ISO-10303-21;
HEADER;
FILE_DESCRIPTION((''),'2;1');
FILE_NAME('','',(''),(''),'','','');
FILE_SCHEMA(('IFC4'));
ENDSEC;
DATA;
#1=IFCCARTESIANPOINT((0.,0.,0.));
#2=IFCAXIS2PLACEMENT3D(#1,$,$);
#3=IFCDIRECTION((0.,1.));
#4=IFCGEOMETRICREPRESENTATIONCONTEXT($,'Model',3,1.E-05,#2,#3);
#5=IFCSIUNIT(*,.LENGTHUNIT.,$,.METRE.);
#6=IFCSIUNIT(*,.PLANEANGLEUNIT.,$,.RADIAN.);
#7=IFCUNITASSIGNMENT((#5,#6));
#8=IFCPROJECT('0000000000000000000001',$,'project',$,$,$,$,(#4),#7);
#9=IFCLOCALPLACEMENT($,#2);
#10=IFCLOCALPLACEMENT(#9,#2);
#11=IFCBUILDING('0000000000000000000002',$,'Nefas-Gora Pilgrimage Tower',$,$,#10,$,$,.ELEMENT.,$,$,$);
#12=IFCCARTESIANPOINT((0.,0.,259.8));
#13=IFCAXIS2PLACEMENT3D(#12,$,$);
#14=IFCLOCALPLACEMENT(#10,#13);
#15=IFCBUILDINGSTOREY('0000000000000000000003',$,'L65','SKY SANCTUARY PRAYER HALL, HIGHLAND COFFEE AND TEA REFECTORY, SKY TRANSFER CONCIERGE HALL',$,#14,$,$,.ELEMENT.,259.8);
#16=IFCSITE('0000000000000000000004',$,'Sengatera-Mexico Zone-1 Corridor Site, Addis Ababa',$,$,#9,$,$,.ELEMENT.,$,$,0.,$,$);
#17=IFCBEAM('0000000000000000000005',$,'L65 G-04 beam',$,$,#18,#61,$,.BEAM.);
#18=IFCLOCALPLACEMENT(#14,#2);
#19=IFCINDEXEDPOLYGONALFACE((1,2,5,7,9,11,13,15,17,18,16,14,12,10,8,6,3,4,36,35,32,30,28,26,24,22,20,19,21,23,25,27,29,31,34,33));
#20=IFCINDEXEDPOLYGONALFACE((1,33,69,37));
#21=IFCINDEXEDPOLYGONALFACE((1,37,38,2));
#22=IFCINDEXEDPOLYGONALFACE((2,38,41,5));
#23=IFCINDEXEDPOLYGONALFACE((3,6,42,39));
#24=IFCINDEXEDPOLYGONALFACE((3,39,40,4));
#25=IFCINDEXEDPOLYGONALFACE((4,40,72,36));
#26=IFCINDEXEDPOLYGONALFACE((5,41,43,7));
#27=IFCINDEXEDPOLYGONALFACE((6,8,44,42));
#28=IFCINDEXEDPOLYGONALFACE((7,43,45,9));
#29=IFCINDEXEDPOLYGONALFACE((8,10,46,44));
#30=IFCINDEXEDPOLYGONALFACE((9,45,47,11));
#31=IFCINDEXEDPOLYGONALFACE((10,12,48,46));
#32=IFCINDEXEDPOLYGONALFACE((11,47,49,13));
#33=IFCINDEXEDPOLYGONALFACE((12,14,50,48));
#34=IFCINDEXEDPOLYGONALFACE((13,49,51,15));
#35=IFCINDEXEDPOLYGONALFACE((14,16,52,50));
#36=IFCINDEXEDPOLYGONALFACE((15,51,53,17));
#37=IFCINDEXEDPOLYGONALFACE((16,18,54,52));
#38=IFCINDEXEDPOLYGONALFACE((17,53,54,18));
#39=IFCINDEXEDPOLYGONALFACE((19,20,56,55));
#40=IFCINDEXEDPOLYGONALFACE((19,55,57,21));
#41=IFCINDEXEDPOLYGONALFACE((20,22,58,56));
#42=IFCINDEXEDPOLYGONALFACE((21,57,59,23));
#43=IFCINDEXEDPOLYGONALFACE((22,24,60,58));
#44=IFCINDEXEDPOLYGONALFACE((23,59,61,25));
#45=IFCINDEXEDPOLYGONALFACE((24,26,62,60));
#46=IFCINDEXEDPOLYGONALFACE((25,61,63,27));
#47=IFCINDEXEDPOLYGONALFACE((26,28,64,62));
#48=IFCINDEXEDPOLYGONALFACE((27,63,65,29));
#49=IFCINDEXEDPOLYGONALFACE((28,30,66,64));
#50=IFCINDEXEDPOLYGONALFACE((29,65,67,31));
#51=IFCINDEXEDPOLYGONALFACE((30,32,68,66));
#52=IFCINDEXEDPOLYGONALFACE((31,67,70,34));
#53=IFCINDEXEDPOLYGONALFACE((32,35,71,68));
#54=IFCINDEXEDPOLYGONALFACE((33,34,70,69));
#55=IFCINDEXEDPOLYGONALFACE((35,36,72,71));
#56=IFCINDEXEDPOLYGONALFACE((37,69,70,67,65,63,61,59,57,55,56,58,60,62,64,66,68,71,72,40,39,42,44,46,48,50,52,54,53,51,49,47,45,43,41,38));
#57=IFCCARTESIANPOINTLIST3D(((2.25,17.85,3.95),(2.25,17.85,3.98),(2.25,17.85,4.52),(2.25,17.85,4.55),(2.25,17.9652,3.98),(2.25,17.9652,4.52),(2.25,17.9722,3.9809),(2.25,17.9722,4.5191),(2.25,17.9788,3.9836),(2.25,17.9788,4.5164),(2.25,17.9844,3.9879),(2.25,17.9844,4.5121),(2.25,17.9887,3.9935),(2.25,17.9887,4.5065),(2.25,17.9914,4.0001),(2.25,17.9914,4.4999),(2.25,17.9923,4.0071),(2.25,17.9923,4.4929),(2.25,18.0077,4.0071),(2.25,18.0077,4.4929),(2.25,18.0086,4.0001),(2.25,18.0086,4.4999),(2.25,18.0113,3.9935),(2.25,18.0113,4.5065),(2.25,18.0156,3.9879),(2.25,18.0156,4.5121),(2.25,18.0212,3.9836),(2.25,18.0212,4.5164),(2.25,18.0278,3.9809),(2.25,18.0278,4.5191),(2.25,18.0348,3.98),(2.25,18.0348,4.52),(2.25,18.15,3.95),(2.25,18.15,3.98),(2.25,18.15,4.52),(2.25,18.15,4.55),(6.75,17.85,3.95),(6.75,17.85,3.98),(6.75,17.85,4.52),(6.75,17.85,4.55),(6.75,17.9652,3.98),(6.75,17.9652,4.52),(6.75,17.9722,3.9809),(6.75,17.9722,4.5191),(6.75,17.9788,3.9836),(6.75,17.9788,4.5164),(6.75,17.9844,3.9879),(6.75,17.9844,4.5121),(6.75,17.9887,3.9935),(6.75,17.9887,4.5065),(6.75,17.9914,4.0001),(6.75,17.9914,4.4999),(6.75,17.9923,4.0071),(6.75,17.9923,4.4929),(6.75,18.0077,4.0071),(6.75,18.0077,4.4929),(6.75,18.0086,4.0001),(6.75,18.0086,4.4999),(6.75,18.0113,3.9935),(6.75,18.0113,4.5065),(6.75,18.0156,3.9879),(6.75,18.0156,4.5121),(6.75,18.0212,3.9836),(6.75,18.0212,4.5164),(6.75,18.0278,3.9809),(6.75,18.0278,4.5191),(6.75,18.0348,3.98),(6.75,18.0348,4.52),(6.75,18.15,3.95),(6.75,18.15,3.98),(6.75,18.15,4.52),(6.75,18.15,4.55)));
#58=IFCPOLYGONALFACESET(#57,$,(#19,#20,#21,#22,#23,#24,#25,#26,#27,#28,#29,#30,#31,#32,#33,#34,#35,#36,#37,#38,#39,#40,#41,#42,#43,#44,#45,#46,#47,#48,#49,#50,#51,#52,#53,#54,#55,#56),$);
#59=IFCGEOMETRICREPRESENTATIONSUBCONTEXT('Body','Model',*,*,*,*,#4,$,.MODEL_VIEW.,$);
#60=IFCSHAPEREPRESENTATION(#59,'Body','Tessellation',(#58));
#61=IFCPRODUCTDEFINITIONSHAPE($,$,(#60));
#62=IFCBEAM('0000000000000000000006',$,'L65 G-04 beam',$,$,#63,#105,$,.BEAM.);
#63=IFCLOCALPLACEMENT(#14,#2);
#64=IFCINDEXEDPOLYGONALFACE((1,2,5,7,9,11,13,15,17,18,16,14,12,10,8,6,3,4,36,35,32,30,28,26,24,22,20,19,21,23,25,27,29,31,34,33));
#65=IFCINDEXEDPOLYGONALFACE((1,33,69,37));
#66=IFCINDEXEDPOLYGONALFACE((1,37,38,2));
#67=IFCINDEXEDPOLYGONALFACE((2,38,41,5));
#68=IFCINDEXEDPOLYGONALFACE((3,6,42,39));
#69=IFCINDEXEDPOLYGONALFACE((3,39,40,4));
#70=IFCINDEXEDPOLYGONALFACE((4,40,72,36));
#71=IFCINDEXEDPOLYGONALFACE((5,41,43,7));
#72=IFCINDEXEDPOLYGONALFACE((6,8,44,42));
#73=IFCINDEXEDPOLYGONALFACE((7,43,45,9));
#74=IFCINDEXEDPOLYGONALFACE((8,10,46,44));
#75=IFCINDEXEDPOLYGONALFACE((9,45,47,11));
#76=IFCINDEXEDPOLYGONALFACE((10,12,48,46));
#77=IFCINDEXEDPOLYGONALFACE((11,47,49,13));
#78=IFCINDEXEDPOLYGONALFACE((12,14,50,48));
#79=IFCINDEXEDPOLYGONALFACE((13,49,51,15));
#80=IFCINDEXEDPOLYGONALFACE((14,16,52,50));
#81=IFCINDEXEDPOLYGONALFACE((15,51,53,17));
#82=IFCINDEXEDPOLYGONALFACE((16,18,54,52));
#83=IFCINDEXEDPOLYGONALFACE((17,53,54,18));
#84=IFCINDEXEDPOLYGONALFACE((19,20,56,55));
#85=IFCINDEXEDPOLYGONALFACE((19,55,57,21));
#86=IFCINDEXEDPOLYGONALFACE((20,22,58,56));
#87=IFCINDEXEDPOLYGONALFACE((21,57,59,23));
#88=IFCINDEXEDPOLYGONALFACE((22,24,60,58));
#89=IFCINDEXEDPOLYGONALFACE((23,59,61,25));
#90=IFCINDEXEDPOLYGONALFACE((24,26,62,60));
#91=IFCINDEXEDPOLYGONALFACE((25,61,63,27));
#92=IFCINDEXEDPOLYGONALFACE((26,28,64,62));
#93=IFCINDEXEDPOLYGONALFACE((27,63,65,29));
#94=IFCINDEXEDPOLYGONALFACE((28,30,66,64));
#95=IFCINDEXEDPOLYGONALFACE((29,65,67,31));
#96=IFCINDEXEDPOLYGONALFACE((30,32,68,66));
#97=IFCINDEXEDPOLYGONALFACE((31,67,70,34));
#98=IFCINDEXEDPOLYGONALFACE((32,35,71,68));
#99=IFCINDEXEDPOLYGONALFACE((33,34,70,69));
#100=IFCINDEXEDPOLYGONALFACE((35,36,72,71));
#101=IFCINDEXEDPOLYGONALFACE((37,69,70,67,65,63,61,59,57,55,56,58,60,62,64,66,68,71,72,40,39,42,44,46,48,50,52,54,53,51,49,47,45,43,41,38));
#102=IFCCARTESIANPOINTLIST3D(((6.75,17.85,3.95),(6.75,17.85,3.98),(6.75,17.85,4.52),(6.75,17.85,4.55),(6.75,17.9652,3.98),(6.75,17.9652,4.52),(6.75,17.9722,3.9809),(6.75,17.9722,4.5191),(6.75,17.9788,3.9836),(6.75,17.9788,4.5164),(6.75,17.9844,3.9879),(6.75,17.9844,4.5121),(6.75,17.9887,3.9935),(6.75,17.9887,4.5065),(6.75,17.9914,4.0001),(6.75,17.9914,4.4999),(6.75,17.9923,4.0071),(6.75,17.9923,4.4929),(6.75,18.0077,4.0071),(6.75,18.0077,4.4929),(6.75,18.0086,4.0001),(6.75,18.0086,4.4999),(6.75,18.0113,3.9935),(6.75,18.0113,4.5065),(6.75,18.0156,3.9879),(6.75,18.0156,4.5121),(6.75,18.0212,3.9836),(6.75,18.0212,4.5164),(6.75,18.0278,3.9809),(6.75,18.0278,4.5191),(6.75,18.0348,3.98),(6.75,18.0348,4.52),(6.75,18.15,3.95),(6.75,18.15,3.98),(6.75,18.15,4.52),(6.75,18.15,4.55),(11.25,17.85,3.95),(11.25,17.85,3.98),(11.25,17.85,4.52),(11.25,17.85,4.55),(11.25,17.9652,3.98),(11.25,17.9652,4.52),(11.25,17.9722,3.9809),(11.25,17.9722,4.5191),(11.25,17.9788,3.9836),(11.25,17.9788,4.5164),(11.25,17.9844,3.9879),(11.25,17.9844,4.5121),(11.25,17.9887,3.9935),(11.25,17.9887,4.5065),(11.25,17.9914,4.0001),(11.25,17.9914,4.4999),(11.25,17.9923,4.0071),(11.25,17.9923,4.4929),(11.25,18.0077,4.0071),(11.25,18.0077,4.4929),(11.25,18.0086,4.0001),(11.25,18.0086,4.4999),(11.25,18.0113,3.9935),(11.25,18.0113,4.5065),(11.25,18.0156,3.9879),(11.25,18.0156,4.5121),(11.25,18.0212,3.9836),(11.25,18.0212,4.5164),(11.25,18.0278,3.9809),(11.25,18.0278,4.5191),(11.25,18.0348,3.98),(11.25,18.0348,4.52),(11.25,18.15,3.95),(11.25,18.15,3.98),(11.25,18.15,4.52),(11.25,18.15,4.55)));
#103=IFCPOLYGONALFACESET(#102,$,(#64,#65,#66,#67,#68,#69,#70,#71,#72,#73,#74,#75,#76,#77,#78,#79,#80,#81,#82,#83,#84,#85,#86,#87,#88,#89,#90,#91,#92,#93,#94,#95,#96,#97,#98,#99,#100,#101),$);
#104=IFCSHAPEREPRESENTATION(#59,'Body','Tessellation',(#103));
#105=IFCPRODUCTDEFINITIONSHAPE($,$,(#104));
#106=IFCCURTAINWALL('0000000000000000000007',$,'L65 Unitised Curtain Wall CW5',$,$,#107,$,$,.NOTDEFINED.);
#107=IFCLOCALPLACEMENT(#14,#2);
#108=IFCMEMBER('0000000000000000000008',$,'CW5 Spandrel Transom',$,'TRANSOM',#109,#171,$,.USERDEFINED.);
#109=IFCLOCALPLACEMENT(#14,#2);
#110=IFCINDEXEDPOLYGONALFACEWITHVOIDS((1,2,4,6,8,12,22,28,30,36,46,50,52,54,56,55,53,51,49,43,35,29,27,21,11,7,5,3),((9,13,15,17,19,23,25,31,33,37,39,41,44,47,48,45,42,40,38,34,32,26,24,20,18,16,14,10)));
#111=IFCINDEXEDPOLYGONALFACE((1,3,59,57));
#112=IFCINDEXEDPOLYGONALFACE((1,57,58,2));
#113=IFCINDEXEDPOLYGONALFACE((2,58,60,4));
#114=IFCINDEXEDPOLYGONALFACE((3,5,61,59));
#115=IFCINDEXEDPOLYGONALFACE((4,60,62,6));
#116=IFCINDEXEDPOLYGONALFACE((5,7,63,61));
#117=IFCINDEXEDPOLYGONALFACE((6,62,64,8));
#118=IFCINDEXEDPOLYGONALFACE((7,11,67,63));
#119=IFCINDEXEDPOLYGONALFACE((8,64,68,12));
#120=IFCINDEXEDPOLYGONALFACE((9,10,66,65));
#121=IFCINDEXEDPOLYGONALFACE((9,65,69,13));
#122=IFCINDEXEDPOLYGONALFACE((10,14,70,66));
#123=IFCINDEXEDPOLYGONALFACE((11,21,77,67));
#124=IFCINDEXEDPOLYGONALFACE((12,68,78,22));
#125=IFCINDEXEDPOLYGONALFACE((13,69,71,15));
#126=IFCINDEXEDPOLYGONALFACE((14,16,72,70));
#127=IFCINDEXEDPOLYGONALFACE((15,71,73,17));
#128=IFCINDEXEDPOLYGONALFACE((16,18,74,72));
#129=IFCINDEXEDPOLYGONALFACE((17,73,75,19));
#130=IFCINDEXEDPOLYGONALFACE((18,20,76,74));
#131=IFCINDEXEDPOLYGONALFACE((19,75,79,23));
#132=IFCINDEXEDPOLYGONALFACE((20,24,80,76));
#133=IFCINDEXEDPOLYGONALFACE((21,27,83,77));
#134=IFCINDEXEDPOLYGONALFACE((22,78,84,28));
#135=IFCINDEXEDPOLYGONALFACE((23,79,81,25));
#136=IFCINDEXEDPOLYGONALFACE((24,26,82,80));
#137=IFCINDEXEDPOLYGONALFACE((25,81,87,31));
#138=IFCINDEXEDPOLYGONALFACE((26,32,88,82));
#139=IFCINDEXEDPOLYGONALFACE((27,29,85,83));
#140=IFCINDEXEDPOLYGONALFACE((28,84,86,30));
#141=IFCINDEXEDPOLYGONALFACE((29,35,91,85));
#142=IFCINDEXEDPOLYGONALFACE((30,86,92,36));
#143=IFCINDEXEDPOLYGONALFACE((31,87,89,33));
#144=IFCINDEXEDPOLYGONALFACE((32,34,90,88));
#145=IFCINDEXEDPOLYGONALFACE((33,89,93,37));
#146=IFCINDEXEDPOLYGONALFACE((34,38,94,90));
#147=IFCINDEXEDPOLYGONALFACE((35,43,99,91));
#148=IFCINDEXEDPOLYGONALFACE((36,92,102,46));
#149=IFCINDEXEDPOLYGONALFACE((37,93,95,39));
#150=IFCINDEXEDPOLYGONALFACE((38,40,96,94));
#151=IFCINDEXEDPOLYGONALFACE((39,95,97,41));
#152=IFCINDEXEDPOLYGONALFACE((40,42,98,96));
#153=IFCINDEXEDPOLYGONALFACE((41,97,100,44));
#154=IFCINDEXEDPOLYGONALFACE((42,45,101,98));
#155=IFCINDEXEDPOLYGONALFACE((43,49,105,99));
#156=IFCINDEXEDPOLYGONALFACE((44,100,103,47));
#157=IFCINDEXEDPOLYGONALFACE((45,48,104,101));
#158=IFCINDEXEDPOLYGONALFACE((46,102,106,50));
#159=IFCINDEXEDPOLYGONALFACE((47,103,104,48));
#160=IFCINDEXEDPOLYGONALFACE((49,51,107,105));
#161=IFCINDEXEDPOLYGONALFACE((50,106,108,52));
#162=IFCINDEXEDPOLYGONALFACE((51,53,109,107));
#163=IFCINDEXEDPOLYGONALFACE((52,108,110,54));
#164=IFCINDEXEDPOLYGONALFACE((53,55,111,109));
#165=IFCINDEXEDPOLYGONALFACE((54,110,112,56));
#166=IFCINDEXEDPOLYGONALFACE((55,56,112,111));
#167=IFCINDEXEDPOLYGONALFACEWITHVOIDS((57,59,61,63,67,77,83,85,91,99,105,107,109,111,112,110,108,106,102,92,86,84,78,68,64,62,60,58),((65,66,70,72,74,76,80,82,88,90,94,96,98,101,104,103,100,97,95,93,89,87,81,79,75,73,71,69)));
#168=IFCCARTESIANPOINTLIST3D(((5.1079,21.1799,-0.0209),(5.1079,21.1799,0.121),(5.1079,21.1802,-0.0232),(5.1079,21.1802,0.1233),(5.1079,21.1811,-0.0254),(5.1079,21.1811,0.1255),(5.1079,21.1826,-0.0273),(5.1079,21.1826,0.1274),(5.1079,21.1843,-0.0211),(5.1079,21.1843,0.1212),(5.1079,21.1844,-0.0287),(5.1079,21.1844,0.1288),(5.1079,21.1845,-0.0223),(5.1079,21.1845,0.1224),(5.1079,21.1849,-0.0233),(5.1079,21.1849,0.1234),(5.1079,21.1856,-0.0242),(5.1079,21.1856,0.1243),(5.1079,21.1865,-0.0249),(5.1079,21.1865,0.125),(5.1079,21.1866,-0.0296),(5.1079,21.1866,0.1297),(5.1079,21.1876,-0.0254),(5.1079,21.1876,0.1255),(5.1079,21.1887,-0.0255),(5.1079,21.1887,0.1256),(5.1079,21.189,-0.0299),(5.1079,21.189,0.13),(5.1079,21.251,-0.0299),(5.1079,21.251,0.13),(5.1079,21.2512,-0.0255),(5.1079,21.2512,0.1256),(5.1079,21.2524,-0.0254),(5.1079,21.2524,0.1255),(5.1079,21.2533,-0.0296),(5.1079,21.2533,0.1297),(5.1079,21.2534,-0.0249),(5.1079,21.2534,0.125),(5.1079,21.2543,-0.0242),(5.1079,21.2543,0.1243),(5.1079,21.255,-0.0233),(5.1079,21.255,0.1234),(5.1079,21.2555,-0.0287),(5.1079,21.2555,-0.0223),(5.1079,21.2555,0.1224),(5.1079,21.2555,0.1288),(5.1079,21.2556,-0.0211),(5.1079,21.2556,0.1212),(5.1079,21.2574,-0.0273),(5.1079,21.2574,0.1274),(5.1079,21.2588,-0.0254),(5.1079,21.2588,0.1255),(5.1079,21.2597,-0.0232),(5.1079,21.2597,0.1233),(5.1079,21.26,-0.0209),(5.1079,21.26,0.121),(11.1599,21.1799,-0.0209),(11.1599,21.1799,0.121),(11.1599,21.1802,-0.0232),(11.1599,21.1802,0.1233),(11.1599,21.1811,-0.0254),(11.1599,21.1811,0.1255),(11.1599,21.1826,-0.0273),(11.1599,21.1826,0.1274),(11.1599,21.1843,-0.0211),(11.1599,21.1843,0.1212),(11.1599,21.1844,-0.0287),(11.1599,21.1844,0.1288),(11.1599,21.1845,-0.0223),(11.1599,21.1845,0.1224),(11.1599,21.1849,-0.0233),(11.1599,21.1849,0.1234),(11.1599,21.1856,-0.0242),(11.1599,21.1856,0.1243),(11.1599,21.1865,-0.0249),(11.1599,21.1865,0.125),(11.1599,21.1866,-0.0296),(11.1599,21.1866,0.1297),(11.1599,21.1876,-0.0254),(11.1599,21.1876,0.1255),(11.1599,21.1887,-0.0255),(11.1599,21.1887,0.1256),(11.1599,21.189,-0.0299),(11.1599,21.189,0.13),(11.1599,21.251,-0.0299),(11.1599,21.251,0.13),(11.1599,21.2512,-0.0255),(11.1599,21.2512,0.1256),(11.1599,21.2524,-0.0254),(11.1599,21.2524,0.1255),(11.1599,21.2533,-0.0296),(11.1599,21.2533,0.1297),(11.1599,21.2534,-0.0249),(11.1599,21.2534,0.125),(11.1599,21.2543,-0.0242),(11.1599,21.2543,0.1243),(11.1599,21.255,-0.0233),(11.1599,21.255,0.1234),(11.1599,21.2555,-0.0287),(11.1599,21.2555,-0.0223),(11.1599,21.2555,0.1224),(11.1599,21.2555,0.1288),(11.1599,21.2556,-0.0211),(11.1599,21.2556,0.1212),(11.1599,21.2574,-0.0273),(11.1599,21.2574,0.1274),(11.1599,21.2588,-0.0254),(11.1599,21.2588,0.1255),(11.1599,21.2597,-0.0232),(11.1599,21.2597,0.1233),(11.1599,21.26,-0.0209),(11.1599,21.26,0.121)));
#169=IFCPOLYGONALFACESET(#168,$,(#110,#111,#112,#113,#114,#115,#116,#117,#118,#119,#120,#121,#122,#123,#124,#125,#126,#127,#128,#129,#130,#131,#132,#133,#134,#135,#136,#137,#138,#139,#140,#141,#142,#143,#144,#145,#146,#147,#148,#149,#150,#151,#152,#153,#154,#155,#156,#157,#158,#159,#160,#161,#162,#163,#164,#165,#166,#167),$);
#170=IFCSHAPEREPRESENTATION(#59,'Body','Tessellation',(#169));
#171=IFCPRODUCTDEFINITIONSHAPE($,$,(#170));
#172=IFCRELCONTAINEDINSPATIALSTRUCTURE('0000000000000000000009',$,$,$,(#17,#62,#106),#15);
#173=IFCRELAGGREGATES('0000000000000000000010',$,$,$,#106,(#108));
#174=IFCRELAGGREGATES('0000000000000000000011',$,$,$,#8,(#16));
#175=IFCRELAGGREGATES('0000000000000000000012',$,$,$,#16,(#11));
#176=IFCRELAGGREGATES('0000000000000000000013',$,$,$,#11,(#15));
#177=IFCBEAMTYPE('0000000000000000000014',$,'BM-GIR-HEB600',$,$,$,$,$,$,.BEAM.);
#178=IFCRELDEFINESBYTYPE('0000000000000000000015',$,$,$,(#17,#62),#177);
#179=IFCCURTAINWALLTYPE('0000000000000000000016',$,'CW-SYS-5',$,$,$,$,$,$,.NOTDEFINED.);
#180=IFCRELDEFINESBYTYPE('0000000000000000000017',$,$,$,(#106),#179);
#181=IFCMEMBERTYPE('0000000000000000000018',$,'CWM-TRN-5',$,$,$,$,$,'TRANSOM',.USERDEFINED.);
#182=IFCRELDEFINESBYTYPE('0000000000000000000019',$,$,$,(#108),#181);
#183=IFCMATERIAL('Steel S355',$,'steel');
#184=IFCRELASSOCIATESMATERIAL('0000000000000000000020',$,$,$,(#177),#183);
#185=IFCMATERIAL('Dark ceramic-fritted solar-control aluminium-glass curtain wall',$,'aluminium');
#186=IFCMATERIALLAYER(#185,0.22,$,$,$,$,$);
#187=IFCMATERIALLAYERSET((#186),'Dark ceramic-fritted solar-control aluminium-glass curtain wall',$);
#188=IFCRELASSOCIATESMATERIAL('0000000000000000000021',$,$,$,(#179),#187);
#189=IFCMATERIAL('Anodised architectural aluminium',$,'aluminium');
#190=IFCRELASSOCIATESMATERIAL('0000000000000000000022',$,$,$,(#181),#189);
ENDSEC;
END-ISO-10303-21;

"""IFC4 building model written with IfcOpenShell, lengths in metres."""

from ifc_helpers import new_model, si_unit, direction, frame, origin, origin_2d, place, context, subcontext, project, spatial, hollow_rectangle, i_section, extrude, source, transform, mapped, material, layer, layer_set, material_profile, profile_set, type_object, element, aggregate, save


model = new_model("IFC4")

# Units and contexts
model_context = context("Model", 3, precision=1e-05, world=origin(), true_north=direction((0.0, 1.0)))
body_context = subcontext(model_context, "Body", "Model", "MODEL_VIEW")
ifc_project = project(units=[si_unit("LENGTHUNIT", "METRE"), si_unit("PLANEANGLEUNIT", "RADIAN")], contexts=[model_context])

# Site, building, storey
site_placement = place(None, origin())
site = spatial("IfcSite", under=ifc_project, at=site_placement, Name="Sengatera-Mexico Zone-1 Corridor Site, Addis Ababa", CompositionType="ELEMENT", RefElevation=0.0)
building_placement = place(site_placement, origin())
building = spatial("IfcBuilding", under=site, at=building_placement, Name="Nefas-Gora Pilgrimage Tower", CompositionType="ELEMENT")
storey_placement = place(building_placement, frame((0.0, 0.0, 259.8)))
storey = spatial("IfcBuildingStorey", under=building, at=storey_placement, Name="L65", Description="SKY SANCTUARY PRAYER HALL, HIGHLAND COFFEE AND TEA REFECTORY, SKY TRANSFER CONCIERGE HALL", CompositionType="ELEMENT", Elevation=259.8)

# Beams
ifc_material_1 = material(Name="Steel S355", Category="steel")
ifc_material_profile_1 = material_profile(ifc_material_1, i_section(OverallWidth=0.3, OverallDepth=0.6001, WebThickness=0.0154, FlangeThickness=0.03, FilletRadius=0.0271, at=origin_2d()), Name="HEB 600")
ifc_profile_set_1 = profile_set([ifc_material_profile_1], Name="Steel S355")
beam_type = type_object("IfcBeamType", Name="BM-GIR-HEB600", PredefinedType="BEAM", material=ifc_profile_set_1)
shared_shape_1 = source(origin(), body_context, "Body", "SweptSolid", [
    extrude(i_section(OverallWidth=0.3, OverallDepth=0.6001, WebThickness=0.0154, FlangeThickness=0.03, FilletRadius=0.0271, at=origin_2d()), origin(), (0.0, 0.0, 1.0), 4.5),
])
for number, where, z_axis, x_axis, name in (
    (1, (2.25, 18.0, 4.25), (1.0, 0.0, 0.0), (0.0, 1.0, 0.0), "L65 G-04 beam"),
    (2, (6.75, 18.0, 4.25), (1.0, 0.0, 0.0), (0.0, 1.0, 0.0), "L65 G-04 beam"),
):
    element("IfcBeam", number, at=place(storey_placement, frame(where, z_axis=z_axis, x_axis=x_axis)), inside=storey, type_object=beam_type, Name=name, PredefinedType="BEAM", context=body_context, shape_type="MappedRepresentation", body=[
        mapped(shared_shape_1, transform((0.0, 0.0, 0.0), x_axis=(1.0, 0.0, 0.0), y_axis=(0.0, 1.0, 0.0), z_axis=(0.0, 0.0, 1.0), scale=1.0)),
    ])

# Curtain wall, member
ifc_material_2 = material(Name="Dark ceramic-fritted solar-control aluminium-glass curtain wall", Category="aluminium")
ifc_layer_1 = layer(ifc_material_2, 0.22)
ifc_layer_set_1 = layer_set([ifc_layer_1], Name="Dark ceramic-fritted solar-control aluminium-glass curtain wall")
curtain_wall_type_1 = type_object("IfcCurtainWallType", Name="CW-SYS-5", PredefinedType="NOTDEFINED", material=ifc_layer_set_1)
curtain_wall_1_placement = place(storey_placement, origin())
curtain_wall_1 = element("IfcCurtainWall", 3, at=curtain_wall_1_placement, inside=storey, type_object=curtain_wall_type_1, Name="L65 Unitised Curtain Wall CW5", PredefinedType="NOTDEFINED")
ifc_material_3 = material(Name="Anodised architectural aluminium", Category="aluminium")
ifc_material_profile_2 = material_profile(ifc_material_3, hollow_rectangle(XDim=0.0801, YDim=0.1599, WallThickness=0.0044, InnerFilletRadius=0.0044, OuterFilletRadius=0.009, at=origin_2d()), Name="ALU TRANSOM 80x160")
ifc_profile_set_2 = profile_set([ifc_material_profile_2], Name="Anodised architectural aluminium")
member_type_1 = type_object("IfcMemberType", Name="CWM-TRN-5", ElementType="TRANSOM", PredefinedType="USERDEFINED", material=ifc_profile_set_2)
shared_shape_2 = source(origin(), body_context, "Body", "SweptSolid", [
    extrude(hollow_rectangle(XDim=0.0801, YDim=0.1599, WallThickness=0.0044, InnerFilletRadius=0.0044, OuterFilletRadius=0.009, at=origin_2d()), origin(), (0.0, 0.0, 1.0), 6.052),
])
member_1_placement = place(storey_placement, frame((11.1599, 21.22, 0.05), z_axis=(-1.0, 0.0, 0.0), x_axis=(0.0, -1.0, 0.0)))
member_1 = element("IfcMember", 4, at=member_1_placement, type_object=member_type_1, Name="CW5 Spandrel Transom", ObjectType="TRANSOM", PredefinedType="USERDEFINED", context=body_context, shape_type="MappedRepresentation", body=[
    mapped(shared_shape_2, transform((0.0, 0.0, 0.0), x_axis=(1.0, 0.0, 0.0), y_axis=(0.0, 1.0, 0.0), z_axis=(0.0, 0.0, 1.0), scale=1.0)),
])

aggregate(curtain_wall_1, [member_1])

save(model, "model.ifc")
